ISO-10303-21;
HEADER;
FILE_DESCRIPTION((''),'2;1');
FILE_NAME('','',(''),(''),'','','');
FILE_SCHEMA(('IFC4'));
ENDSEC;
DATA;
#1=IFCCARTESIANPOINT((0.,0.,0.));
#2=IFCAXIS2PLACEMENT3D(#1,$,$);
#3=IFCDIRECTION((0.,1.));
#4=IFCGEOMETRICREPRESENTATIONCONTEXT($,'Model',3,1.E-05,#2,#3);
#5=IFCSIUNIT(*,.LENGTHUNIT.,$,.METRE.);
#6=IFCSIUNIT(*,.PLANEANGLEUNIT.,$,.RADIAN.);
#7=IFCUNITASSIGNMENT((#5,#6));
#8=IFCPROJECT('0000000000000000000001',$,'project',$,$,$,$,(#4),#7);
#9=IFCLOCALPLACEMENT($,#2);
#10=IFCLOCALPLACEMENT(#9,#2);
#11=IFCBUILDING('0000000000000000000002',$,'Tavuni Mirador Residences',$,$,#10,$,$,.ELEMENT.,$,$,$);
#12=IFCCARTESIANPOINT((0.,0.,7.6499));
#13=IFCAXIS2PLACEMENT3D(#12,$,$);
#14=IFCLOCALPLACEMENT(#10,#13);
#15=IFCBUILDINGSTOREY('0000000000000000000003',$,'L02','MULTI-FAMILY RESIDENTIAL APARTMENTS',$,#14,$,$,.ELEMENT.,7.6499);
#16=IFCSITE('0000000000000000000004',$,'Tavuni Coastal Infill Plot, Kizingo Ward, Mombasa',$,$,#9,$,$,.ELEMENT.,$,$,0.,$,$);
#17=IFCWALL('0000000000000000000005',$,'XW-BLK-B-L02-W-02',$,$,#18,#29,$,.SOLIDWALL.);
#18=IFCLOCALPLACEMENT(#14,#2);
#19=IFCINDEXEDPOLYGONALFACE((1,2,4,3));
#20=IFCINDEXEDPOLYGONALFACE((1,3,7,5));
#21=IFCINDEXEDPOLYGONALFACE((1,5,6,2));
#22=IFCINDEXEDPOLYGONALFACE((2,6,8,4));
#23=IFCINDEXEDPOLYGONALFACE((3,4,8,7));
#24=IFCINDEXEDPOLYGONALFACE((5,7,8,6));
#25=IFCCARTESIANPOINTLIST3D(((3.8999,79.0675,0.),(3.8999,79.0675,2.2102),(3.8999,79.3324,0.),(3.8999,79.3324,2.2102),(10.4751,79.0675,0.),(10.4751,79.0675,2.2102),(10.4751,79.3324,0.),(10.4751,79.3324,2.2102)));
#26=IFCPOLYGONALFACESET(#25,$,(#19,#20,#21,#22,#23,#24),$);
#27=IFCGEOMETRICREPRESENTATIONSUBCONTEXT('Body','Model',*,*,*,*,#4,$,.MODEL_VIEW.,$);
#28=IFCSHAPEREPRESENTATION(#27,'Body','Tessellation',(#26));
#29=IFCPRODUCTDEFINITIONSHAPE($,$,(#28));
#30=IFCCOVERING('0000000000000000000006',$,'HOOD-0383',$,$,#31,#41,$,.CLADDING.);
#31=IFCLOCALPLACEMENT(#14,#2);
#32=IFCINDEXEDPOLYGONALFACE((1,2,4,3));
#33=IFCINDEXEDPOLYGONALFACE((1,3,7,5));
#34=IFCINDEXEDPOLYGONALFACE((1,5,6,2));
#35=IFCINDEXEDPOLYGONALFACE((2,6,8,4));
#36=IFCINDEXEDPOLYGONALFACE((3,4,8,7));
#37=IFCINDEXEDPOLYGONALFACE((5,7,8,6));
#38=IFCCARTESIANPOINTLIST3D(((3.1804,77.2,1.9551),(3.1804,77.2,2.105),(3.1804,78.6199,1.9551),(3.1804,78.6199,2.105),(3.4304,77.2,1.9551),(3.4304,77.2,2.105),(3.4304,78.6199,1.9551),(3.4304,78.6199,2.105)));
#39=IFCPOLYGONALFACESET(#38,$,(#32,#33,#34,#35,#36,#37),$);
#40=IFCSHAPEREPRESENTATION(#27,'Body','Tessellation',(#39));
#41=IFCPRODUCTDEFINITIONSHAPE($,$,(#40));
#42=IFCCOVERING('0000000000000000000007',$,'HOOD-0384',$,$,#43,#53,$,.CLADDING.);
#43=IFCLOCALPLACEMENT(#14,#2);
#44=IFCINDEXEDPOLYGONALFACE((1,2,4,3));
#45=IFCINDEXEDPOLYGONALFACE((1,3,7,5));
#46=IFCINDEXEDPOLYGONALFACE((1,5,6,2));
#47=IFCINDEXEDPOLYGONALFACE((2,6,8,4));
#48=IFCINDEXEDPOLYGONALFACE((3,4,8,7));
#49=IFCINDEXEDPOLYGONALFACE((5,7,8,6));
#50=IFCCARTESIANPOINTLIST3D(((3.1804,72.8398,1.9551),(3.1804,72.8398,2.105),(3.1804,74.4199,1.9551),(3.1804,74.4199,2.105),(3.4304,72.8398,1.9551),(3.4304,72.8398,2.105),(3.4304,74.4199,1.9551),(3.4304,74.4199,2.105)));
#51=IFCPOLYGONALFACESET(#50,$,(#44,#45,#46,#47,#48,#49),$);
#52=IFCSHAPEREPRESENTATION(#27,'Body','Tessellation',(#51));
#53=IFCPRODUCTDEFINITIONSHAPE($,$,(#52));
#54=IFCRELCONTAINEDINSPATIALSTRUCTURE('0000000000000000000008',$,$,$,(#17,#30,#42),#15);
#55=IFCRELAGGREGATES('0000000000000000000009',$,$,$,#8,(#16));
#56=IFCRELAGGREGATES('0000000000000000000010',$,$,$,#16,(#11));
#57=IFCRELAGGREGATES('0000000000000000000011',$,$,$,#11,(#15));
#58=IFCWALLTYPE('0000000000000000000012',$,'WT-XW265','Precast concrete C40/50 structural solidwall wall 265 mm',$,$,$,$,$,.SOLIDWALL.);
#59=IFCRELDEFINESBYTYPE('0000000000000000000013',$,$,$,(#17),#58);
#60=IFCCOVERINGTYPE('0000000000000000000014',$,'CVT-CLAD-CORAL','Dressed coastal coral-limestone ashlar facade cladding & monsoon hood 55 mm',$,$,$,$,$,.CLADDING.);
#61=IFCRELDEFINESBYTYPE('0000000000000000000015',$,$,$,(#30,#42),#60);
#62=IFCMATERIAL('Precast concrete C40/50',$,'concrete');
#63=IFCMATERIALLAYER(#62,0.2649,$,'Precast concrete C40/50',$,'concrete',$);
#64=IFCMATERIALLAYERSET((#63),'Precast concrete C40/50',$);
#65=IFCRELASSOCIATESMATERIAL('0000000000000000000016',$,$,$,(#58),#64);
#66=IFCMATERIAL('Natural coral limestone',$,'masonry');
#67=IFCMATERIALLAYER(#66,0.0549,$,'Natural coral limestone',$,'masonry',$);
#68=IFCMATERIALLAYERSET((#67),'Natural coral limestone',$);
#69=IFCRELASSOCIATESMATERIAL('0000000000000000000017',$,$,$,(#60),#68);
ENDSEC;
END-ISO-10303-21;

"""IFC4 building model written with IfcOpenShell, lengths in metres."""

from ifc_helpers import new_model, si_unit, direction, frame, frame_2d, origin, origin_2d, place, context, subcontext, project, spatial, rectangle, extrude, material, layer, layer_set, type_object, element, save


model = new_model("IFC4")

# Units and contexts
model_context = context("Model", 3, precision=1e-05, world=origin(), true_north=direction((0.0, 1.0)))
body_context = subcontext(model_context, "Body", "Model", "MODEL_VIEW")
ifc_project = project(units=[si_unit("LENGTHUNIT", "METRE"), si_unit("PLANEANGLEUNIT", "RADIAN")], contexts=[model_context])

# Site, building, storey
site_placement = place(None, origin())
site = spatial("IfcSite", under=ifc_project, at=site_placement, Name="Tavuni Coastal Infill Plot, Kizingo Ward, Mombasa", CompositionType="ELEMENT", RefElevation=0.0)
building_placement = place(site_placement, origin())
building = spatial("IfcBuilding", under=site, at=building_placement, Name="Tavuni Mirador Residences", CompositionType="ELEMENT")
storey_placement = place(building_placement, frame((0.0, 0.0, 7.6499)))
storey = spatial("IfcBuildingStorey", under=building, at=storey_placement, Name="L02", Description="MULTI-FAMILY RESIDENTIAL APARTMENTS", CompositionType="ELEMENT", Elevation=7.6499)

# Shared definitions
ifc_material_1 = material(Name="Precast concrete C40/50", Category="concrete")

# Wall
ifc_layer_1 = layer(ifc_material_1, 0.2649, Name="Precast concrete C40/50", Category="concrete")
ifc_layer_set_1 = layer_set([ifc_layer_1], Name="Precast concrete C40/50")
wall_type_1 = type_object("IfcWallType", Name="WT-XW265", Description="Precast concrete C40/50 structural solidwall wall 265 mm", PredefinedType="SOLIDWALL", material=ifc_layer_set_1)
wall_1_placement = place(storey_placement, frame((3.8999, 79.2, 0.0), z_axis=(0.0, 0.0, 1.0), x_axis=(1.0, 0.0, 0.0)))
element("IfcWall", 1, at=wall_1_placement, inside=storey, type_object=wall_type_1, Name="XW-BLK-B-L02-W-02", PredefinedType="SOLIDWALL", context=body_context, shape_type="SweptSolid", body=[
    extrude(rectangle(XDim=6.5752, YDim=0.2649, at=frame_2d((3.2876, 0.0))), origin(), (0.0, 0.0, 1.0), 2.2102),
])

# Coverings
ifc_material_2 = material(Name="Natural coral limestone", Category="masonry")
ifc_layer_2 = layer(ifc_material_2, 0.0549, Name="Natural coral limestone", Category="masonry")
ifc_layer_set_2 = layer_set([ifc_layer_2], Name="Natural coral limestone")
covering_type = type_object("IfcCoveringType", Name="CVT-CLAD-CORAL", Description="Dressed coastal coral-limestone ashlar facade cladding & monsoon hood 55 mm", PredefinedType="CLADDING", material=ifc_layer_set_2)
covering_1_placement = place(storey_placement, frame((3.3054, 77.9099, 1.9551), z_axis=(0.0, 0.0, 1.0), x_axis=(0.0, -1.0, 0.0)))
element("IfcCovering", 2, at=covering_1_placement, inside=storey, type_object=covering_type, Name="HOOD-0383", PredefinedType="CLADDING", context=body_context, shape_type="SweptSolid", body=[
    extrude(rectangle(XDim=1.4199, YDim=0.25, at=origin_2d()), origin(), (0.0, 0.0, 1.0), 0.1499),
])
covering_2_placement = place(storey_placement, frame((3.3054, 73.6299, 1.9551), z_axis=(0.0, 0.0, 1.0), x_axis=(0.0, -1.0, 0.0)))
element("IfcCovering", 3, at=covering_2_placement, inside=storey, type_object=covering_type, Name="HOOD-0384", PredefinedType="CLADDING", context=body_context, shape_type="SweptSolid", body=[
    extrude(rectangle(XDim=1.5801, YDim=0.25, at=origin_2d()), origin(), (0.0, 0.0, 1.0), 0.1499),
])

save(model, "model.ifc")
